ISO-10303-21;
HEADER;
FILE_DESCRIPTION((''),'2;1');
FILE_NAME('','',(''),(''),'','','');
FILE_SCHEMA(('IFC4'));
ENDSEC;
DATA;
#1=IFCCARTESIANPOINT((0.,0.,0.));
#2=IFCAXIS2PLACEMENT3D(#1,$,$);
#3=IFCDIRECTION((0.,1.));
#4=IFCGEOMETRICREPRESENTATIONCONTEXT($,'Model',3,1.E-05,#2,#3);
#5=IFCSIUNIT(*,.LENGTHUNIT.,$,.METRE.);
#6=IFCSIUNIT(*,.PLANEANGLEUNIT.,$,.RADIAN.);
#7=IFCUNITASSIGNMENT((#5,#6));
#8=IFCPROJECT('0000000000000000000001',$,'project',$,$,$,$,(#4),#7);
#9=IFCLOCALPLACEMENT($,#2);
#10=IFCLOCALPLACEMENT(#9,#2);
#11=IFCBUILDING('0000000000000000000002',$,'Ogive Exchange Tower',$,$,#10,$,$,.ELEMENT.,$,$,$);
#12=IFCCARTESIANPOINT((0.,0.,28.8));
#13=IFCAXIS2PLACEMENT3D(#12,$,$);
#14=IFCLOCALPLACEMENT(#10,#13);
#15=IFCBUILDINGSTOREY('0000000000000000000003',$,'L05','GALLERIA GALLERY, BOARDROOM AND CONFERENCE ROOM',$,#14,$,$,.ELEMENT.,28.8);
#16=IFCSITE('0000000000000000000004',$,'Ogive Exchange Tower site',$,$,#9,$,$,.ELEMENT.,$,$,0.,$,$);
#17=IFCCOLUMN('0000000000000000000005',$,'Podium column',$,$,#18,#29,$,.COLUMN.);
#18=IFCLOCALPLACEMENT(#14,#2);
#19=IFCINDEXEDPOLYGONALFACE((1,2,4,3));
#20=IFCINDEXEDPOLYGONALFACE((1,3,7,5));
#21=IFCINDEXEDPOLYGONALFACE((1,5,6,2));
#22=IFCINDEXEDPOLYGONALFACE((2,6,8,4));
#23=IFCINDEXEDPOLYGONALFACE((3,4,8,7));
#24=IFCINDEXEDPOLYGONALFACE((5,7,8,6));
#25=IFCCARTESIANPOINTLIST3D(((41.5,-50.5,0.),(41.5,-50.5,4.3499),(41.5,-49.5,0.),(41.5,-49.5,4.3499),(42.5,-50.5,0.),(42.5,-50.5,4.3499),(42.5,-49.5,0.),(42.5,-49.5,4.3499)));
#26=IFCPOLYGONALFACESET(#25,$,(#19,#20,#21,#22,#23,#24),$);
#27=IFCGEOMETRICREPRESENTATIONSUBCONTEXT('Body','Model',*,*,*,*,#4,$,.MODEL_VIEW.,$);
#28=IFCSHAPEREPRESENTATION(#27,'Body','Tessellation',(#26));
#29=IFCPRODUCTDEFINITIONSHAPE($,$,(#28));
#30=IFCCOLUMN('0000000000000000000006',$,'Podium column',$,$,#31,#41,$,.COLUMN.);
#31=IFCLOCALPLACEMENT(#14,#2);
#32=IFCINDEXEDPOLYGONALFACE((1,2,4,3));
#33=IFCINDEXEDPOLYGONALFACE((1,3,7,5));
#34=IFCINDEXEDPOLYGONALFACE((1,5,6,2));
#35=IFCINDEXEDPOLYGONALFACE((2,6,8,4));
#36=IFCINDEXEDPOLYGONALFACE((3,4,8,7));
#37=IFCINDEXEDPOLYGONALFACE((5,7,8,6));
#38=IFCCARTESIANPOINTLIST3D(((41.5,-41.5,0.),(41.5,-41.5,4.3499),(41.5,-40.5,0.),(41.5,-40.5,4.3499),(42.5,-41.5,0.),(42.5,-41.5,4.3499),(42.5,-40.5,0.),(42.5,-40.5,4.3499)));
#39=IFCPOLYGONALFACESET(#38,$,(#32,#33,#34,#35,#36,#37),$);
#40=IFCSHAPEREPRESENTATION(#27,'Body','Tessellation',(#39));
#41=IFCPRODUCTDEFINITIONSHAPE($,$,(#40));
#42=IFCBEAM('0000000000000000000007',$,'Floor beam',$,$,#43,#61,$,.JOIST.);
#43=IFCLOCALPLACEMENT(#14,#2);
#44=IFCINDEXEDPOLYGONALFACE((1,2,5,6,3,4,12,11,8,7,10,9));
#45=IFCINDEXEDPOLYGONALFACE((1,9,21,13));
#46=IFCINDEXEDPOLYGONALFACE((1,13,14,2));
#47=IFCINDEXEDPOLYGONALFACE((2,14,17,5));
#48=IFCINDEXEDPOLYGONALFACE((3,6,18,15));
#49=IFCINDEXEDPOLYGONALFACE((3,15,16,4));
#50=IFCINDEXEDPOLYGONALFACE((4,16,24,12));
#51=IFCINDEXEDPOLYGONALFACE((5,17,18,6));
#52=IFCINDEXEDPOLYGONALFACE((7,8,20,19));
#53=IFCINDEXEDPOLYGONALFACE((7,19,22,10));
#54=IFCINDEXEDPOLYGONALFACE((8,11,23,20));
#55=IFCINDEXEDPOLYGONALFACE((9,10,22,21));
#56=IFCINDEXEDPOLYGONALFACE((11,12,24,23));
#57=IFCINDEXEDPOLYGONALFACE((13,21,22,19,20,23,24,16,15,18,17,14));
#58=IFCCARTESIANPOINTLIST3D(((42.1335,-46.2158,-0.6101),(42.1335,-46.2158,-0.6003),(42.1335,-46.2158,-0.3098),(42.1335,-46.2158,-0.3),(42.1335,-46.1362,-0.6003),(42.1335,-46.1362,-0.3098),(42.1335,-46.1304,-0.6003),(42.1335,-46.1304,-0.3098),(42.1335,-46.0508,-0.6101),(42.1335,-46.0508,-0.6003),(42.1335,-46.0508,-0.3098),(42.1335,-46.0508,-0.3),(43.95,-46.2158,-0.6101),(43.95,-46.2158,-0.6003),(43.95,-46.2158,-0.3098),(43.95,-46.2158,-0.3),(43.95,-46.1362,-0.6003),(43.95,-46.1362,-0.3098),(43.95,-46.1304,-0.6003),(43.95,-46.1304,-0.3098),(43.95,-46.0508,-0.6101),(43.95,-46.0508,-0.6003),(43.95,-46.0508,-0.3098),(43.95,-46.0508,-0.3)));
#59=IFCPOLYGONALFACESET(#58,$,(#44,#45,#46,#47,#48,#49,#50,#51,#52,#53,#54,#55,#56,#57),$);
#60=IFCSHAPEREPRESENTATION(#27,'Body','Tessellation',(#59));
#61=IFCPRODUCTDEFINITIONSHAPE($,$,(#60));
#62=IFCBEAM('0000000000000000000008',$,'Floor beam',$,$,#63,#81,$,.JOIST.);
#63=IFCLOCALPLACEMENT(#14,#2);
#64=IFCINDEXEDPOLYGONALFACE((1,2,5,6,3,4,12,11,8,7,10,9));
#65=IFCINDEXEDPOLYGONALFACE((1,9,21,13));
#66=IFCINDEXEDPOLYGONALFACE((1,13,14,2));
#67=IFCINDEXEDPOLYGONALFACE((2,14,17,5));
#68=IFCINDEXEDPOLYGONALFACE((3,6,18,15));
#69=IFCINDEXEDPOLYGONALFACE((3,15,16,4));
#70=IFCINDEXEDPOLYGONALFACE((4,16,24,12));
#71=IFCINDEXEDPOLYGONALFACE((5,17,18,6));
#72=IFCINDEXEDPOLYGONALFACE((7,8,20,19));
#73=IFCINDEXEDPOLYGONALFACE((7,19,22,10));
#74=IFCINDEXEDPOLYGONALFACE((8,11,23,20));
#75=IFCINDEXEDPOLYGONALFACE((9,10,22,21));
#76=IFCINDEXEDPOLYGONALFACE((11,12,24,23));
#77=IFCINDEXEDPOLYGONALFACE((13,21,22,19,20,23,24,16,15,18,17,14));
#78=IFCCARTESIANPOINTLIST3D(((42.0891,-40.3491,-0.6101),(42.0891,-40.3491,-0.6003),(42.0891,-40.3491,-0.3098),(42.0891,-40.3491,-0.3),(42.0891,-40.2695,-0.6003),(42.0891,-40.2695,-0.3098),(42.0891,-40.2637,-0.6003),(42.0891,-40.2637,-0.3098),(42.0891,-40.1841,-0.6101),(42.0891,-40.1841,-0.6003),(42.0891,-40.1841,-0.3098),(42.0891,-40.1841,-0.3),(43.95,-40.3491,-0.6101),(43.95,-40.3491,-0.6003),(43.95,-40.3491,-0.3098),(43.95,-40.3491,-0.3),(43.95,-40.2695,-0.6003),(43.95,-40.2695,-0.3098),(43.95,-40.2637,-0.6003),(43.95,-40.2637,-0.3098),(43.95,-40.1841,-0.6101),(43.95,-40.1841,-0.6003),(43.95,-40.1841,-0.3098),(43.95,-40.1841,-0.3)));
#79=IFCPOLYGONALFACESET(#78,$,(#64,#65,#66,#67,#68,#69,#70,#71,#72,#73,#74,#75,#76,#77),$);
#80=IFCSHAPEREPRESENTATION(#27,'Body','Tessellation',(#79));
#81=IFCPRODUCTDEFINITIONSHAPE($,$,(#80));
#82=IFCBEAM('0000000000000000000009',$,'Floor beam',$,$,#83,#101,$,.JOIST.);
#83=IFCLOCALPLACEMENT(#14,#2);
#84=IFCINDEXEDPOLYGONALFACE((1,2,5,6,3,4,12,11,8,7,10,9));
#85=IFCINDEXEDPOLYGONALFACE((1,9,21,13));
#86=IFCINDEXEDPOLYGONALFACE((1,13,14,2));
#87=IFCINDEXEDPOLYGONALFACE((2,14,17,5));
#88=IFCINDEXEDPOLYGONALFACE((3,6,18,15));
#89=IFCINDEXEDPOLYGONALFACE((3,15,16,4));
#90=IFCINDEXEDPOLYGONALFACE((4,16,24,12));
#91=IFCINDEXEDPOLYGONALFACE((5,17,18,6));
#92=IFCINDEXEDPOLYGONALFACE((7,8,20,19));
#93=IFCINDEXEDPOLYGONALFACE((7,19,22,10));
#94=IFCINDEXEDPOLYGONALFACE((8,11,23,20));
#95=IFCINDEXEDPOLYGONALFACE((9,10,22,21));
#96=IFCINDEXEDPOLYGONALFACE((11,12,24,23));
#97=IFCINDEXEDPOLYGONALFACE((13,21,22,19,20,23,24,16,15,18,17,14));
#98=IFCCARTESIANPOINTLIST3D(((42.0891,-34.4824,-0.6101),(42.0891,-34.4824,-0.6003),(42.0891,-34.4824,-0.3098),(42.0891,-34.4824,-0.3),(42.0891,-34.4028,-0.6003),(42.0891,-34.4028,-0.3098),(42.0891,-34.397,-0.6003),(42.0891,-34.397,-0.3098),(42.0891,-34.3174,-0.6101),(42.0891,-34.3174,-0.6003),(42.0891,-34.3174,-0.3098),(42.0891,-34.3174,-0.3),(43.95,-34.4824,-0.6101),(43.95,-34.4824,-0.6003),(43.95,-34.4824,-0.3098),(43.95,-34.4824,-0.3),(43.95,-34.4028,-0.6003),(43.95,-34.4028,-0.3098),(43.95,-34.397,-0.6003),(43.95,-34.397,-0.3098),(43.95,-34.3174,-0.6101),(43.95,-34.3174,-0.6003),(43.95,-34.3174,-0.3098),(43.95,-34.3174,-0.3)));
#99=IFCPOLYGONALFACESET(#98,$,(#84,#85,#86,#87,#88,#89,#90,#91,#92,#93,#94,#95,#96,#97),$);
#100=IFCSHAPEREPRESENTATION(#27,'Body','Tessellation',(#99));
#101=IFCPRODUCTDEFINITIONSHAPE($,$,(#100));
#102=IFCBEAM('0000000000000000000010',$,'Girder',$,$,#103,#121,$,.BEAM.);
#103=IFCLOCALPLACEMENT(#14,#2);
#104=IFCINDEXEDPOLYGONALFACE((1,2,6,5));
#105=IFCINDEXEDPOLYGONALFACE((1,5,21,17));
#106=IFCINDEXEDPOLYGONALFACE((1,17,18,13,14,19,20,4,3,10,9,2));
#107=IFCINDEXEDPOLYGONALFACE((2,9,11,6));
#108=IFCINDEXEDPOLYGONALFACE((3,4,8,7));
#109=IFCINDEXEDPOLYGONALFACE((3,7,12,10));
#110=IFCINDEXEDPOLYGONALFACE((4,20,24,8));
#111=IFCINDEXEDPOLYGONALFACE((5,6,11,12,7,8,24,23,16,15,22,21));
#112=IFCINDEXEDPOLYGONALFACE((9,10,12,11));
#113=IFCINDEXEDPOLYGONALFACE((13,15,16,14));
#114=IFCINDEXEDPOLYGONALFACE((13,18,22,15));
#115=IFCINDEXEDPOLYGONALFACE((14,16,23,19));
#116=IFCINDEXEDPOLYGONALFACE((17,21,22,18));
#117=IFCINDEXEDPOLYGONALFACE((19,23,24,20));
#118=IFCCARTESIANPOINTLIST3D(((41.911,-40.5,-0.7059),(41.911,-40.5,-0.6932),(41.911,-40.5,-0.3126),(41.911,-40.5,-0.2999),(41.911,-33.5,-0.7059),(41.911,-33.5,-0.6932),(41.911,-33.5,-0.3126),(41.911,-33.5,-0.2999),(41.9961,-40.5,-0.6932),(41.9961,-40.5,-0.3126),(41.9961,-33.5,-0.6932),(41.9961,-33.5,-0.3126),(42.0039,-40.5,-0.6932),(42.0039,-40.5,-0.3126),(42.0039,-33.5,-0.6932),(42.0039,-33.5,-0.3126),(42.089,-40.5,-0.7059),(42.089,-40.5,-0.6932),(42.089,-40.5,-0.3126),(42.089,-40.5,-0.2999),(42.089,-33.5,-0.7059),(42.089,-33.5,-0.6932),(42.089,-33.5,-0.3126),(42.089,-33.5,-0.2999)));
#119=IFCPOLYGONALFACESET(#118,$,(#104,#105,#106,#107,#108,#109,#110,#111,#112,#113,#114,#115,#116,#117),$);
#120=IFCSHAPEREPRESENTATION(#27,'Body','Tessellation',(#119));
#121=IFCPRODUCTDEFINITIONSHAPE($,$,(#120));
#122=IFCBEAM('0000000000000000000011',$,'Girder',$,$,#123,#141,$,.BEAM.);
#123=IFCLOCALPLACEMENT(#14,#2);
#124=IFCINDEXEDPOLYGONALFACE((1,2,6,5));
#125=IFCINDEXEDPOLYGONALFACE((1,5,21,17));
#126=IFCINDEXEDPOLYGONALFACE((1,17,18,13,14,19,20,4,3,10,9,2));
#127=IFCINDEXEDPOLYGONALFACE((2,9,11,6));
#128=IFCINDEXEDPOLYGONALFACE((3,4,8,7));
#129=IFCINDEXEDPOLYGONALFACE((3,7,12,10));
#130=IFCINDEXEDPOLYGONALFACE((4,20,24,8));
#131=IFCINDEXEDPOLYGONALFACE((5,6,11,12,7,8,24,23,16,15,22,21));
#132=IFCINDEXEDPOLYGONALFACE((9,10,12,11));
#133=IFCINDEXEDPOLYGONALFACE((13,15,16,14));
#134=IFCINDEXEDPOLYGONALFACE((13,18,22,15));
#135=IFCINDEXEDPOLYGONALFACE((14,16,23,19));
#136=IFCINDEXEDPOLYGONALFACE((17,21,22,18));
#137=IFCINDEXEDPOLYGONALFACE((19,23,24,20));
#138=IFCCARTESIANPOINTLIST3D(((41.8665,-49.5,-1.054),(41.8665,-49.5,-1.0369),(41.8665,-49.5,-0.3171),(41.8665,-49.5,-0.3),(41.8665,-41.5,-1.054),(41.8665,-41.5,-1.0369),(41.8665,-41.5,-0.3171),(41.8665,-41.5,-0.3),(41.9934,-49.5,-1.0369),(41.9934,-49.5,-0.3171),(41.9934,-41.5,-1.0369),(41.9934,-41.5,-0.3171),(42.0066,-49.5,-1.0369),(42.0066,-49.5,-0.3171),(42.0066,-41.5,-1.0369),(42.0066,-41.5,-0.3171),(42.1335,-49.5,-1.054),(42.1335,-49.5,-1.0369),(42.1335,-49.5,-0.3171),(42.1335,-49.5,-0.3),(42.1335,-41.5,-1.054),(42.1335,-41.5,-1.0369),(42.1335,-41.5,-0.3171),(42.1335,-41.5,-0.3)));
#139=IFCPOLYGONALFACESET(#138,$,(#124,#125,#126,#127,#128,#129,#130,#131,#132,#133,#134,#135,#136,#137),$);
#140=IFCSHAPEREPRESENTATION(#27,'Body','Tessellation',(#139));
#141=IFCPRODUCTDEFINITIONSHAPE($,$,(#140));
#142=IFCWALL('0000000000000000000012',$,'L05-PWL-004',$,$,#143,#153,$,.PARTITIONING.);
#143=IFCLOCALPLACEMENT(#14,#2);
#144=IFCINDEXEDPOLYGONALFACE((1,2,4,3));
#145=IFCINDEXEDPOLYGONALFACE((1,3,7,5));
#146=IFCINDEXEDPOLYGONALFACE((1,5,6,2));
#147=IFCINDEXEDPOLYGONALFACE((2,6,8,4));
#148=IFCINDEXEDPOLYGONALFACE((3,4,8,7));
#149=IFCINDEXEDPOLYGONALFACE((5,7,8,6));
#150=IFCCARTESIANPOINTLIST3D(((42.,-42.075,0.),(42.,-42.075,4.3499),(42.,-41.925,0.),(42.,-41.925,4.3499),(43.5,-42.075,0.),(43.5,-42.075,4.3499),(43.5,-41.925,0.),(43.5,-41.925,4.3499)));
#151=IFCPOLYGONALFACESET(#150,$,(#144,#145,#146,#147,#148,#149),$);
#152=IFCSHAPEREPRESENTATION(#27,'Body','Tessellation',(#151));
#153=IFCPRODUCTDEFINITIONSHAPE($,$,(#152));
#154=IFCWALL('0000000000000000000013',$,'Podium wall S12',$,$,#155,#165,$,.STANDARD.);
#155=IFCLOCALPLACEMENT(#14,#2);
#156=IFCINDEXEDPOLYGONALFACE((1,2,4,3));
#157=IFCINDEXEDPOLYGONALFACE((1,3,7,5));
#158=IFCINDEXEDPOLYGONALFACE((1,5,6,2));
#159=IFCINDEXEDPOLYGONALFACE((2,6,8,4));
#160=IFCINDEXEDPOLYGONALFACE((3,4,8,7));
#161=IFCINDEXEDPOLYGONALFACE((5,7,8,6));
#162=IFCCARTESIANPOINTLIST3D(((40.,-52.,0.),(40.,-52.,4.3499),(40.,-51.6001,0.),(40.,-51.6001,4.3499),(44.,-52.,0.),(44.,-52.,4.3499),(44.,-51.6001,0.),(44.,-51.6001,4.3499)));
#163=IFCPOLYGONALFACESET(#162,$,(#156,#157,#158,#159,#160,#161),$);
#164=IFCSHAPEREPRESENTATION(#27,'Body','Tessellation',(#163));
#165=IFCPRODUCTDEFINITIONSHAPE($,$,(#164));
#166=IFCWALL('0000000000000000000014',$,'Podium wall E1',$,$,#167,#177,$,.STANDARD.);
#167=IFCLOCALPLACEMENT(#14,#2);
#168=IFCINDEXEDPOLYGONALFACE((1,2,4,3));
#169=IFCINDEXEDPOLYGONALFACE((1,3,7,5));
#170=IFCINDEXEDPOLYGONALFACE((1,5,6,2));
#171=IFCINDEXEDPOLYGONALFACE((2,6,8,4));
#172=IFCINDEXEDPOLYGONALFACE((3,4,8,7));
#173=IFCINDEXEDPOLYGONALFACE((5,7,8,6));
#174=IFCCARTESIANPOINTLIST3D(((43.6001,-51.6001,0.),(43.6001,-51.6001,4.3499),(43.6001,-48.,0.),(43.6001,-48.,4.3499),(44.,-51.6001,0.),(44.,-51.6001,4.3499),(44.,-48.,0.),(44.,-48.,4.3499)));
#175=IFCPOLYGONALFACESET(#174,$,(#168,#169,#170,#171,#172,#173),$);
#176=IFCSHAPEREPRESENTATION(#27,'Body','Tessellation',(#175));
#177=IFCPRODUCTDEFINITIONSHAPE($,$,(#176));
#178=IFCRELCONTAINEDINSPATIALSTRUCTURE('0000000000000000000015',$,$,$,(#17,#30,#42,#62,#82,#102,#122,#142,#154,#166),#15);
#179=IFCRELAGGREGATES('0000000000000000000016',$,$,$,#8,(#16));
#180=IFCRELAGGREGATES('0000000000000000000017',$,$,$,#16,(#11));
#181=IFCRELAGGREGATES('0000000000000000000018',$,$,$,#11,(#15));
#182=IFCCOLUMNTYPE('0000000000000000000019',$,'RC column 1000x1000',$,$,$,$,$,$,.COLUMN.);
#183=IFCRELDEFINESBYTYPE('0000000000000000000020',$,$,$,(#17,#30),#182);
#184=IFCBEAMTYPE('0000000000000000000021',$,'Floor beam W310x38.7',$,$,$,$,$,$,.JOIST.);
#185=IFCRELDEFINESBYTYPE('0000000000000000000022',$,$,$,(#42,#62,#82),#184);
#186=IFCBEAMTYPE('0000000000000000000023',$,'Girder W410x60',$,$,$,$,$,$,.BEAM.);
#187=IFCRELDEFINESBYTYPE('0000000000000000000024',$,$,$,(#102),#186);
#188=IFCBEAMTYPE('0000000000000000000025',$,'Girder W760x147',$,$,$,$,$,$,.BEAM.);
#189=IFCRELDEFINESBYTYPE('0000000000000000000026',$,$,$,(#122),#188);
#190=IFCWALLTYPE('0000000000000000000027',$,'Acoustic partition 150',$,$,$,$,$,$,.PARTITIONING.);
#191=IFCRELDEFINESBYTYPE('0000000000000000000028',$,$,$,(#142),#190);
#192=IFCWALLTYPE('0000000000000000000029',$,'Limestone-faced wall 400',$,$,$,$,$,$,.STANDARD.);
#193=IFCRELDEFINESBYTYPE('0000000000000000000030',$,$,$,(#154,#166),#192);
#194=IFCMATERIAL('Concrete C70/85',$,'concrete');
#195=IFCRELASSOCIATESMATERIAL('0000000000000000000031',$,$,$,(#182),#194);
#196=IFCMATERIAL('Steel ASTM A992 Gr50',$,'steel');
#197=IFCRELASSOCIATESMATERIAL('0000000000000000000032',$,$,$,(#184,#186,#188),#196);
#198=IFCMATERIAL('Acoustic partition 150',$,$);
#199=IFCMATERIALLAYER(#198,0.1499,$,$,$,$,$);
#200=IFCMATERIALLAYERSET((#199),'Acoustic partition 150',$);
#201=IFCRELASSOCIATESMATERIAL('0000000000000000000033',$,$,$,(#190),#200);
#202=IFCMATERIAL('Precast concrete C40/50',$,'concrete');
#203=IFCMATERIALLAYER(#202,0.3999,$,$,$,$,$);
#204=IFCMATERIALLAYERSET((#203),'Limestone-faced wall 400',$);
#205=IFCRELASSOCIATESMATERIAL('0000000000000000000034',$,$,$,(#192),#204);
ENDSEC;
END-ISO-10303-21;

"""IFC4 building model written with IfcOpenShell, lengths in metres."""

from ifc_helpers import new_model, si_unit, direction, frame, frame_2d, origin, origin_2d, place, context, subcontext, project, spatial, rectangle, i_section, extrude, material, layer, layer_set, material_profile, profile_set, type_object, element, save


model = new_model("IFC4")

# Units and contexts
model_context = context("Model", 3, precision=1e-05, world=origin(), true_north=direction((0.0, 1.0)))
body_context = subcontext(model_context, "Body", "Model", "MODEL_VIEW")
ifc_project = project(units=[si_unit("LENGTHUNIT", "METRE"), si_unit("PLANEANGLEUNIT", "RADIAN")], contexts=[model_context])

# Site, building, storey
site_placement = place(None, origin())
site = spatial("IfcSite", under=ifc_project, at=site_placement, Name="Ogive Exchange Tower site", CompositionType="ELEMENT", RefElevation=0.0)
building_placement = place(site_placement, origin())
building = spatial("IfcBuilding", under=site, at=building_placement, Name="Ogive Exchange Tower", CompositionType="ELEMENT")
storey_placement = place(building_placement, frame((0.0, 0.0, 28.8)))
storey = spatial("IfcBuildingStorey", under=building, at=storey_placement, Name="L05", Description="GALLERIA GALLERY, BOARDROOM AND CONFERENCE ROOM", CompositionType="ELEMENT", Elevation=28.8)

# Columns
ifc_material_1 = material(Name="Concrete C70/85", Category="concrete")
ifc_material_profile_1 = material_profile(ifc_material_1, rectangle(XDim=1.0, YDim=1.0, at=origin_2d()), Name="RC 1000x1000")
ifc_profile_set_1 = profile_set([ifc_material_profile_1], Name="Concrete C70/85")
column_type = type_object("IfcColumnType", Name="RC column 1000x1000", PredefinedType="COLUMN", material=ifc_profile_set_1)
for number, where, z_axis, x_axis, name in (
    (1, (42.0, -50.0, 0.0), (0.0, 0.0, 1.0), (1.0, 0.0, 0.0), "Podium column"),
    (2, (42.0, -41.0, 0.0), (0.0, 0.0, 1.0), (1.0, 0.0, 0.0), "Podium column"),
):
    element("IfcColumn", number, at=place(storey_placement, frame(where, z_axis=z_axis, x_axis=x_axis)), inside=storey, type_object=column_type, Name=name, PredefinedType="COLUMN", context=body_context, shape_type="SweptSolid", body=[
        extrude(rectangle(XDim=1.0, YDim=1.0, at=origin_2d()), origin(), (0.0, 0.0, 1.0), 4.3499),
    ])

# Beams
ifc_material_2 = material(Name="Steel ASTM A992 Gr50", Category="steel")
ifc_material_profile_2 = material_profile(ifc_material_2, i_section(OverallWidth=0.165, OverallDepth=0.3101, WebThickness=0.0059, FlangeThickness=0.0098, at=origin_2d()), Name="W310x38.7")
ifc_profile_set_2 = profile_set([ifc_material_profile_2], Name="Steel ASTM A992 Gr50")
beam_type_1 = type_object("IfcBeamType", Name="Floor beam W310x38.7", PredefinedType="JOIST", material=ifc_profile_set_2)
beam_1_placement = place(storey_placement, frame((42.1335, -46.1333, -0.4551), z_axis=(1.0, 0.0, 0.0), x_axis=(0.0, 1.0, 0.0)))
element("IfcBeam", 3, at=beam_1_placement, inside=storey, type_object=beam_type_1, Name="Floor beam", PredefinedType="JOIST", context=body_context, shape_type="SweptSolid", body=[
    extrude(i_section(OverallWidth=0.165, OverallDepth=0.3101, WebThickness=0.0059, FlangeThickness=0.0098, at=origin_2d()), origin(), (0.0, 0.0, 1.0), 1.8164),
])
for number, where, z_axis, x_axis, name in (
    (4, (42.0891, -40.2666, -0.4551), (1.0, 0.0, 0.0), (0.0, 1.0, 0.0), "Floor beam"),
    (5, (42.0891, -34.3999, -0.4551), (1.0, 0.0, 0.0), (0.0, 1.0, 0.0), "Floor beam"),
):
    element("IfcBeam", number, at=place(storey_placement, frame(where, z_axis=z_axis, x_axis=x_axis)), inside=storey, type_object=beam_type_1, Name=name, PredefinedType="JOIST", context=body_context, shape_type="SweptSolid", body=[
        extrude(i_section(OverallWidth=0.165, OverallDepth=0.3101, WebThickness=0.0059, FlangeThickness=0.0098, at=origin_2d()), origin(), (0.0, 0.0, 1.0), 1.8608),
    ])
ifc_material_profile_3 = material_profile(ifc_material_2, i_section(OverallWidth=0.178, OverallDepth=0.406, WebThickness=0.0078, FlangeThickness=0.0127, at=origin_2d()), Name="W410x60")
ifc_profile_set_3 = profile_set([ifc_material_profile_3], Name="Steel ASTM A992 Gr50")
beam_type_2 = type_object("IfcBeamType", Name="Girder W410x60", PredefinedType="BEAM", material=ifc_profile_set_3)
beam_2_placement = place(storey_placement, frame((42.0, -40.5, -0.5029), z_axis=(0.0, 1.0, 0.0), x_axis=(-1.0, 0.0, 0.0)))
element("IfcBeam", 6, at=beam_2_placement, inside=storey, type_object=beam_type_2, Name="Girder", PredefinedType="BEAM", context=body_context, shape_type="SweptSolid", body=[
    extrude(i_section(OverallWidth=0.178, OverallDepth=0.406, WebThickness=0.0078, FlangeThickness=0.0127, at=origin_2d()), origin(), (0.0, 0.0, 1.0), 7.0),
])
ifc_material_profile_4 = material_profile(ifc_material_2, i_section(OverallWidth=0.2671, OverallDepth=0.7539, WebThickness=0.0132, FlangeThickness=0.0171, at=origin_2d()), Name="W760x147")
ifc_profile_set_4 = profile_set([ifc_material_profile_4], Name="Steel ASTM A992 Gr50")
beam_type_3 = type_object("IfcBeamType", Name="Girder W760x147", PredefinedType="BEAM", material=ifc_profile_set_4)
beam_3_placement = place(storey_placement, frame((42.0, -49.5, -0.677), z_axis=(0.0, 1.0, 0.0), x_axis=(-1.0, 0.0, 0.0)))
element("IfcBeam", 7, at=beam_3_placement, inside=storey, type_object=beam_type_3, Name="Girder", PredefinedType="BEAM", context=body_context, shape_type="SweptSolid", body=[
    extrude(i_section(OverallWidth=0.2671, OverallDepth=0.7539, WebThickness=0.0132, FlangeThickness=0.0171, at=origin_2d()), origin(), (0.0, 0.0, 1.0), 8.0),
])

# Walls
ifc_material_3 = material(Name="Acoustic partition 150")
ifc_layer_1 = layer(ifc_material_3, 0.1499)
ifc_layer_set_1 = layer_set([ifc_layer_1], Name="Acoustic partition 150")
wall_type_1 = type_object("IfcWallType", Name="Acoustic partition 150", PredefinedType="PARTITIONING", material=ifc_layer_set_1)
wall_1_placement = place(storey_placement, frame((42.0, -42.0, 0.0), z_axis=(0.0, 0.0, 1.0), x_axis=(1.0, 0.0, 0.0)))
element("IfcWall", 8, at=wall_1_placement, inside=storey, type_object=wall_type_1, Name="L05-PWL-004", PredefinedType="PARTITIONING", context=body_context, shape_type="SweptSolid", body=[
    extrude(rectangle(XDim=1.5, YDim=0.1499, at=frame_2d((0.75, 0.0))), origin(), (0.0, 0.0, 1.0), 4.3499),
])
ifc_material_4 = material(Name="Precast concrete C40/50", Category="concrete")
ifc_layer_2 = layer(ifc_material_4, 0.3999)
ifc_layer_set_2 = layer_set([ifc_layer_2], Name="Limestone-faced wall 400")
wall_type_2 = type_object("IfcWallType", Name="Limestone-faced wall 400", PredefinedType="STANDARD", material=ifc_layer_set_2)
wall_2_placement = place(storey_placement, frame((40.0, -51.8, 0.0), z_axis=(0.0, 0.0, 1.0), x_axis=(1.0, 0.0, 0.0)))
element("IfcWall", 9, at=wall_2_placement, inside=storey, type_object=wall_type_2, Name="Podium wall S12", PredefinedType="STANDARD", context=body_context, shape_type="SweptSolid", body=[
    extrude(rectangle(XDim=4.0, YDim=0.3999, at=frame_2d((2.0, 0.0))), origin(), (0.0, 0.0, 1.0), 4.3499),
])
wall_3_placement = place(storey_placement, frame((43.8, -51.6001, 0.0), z_axis=(0.0, 0.0, 1.0), x_axis=(0.0, 1.0, 0.0)))
element("IfcWall", 10, at=wall_3_placement, inside=storey, type_object=wall_type_2, Name="Podium wall E1", PredefinedType="STANDARD", context=body_context, shape_type="SweptSolid", body=[
    extrude(rectangle(XDim=3.6001, YDim=0.3999, at=frame_2d((1.8, 0.0))), origin(), (0.0, 0.0, 1.0), 4.3499),
])

save(model, "model.ifc")
